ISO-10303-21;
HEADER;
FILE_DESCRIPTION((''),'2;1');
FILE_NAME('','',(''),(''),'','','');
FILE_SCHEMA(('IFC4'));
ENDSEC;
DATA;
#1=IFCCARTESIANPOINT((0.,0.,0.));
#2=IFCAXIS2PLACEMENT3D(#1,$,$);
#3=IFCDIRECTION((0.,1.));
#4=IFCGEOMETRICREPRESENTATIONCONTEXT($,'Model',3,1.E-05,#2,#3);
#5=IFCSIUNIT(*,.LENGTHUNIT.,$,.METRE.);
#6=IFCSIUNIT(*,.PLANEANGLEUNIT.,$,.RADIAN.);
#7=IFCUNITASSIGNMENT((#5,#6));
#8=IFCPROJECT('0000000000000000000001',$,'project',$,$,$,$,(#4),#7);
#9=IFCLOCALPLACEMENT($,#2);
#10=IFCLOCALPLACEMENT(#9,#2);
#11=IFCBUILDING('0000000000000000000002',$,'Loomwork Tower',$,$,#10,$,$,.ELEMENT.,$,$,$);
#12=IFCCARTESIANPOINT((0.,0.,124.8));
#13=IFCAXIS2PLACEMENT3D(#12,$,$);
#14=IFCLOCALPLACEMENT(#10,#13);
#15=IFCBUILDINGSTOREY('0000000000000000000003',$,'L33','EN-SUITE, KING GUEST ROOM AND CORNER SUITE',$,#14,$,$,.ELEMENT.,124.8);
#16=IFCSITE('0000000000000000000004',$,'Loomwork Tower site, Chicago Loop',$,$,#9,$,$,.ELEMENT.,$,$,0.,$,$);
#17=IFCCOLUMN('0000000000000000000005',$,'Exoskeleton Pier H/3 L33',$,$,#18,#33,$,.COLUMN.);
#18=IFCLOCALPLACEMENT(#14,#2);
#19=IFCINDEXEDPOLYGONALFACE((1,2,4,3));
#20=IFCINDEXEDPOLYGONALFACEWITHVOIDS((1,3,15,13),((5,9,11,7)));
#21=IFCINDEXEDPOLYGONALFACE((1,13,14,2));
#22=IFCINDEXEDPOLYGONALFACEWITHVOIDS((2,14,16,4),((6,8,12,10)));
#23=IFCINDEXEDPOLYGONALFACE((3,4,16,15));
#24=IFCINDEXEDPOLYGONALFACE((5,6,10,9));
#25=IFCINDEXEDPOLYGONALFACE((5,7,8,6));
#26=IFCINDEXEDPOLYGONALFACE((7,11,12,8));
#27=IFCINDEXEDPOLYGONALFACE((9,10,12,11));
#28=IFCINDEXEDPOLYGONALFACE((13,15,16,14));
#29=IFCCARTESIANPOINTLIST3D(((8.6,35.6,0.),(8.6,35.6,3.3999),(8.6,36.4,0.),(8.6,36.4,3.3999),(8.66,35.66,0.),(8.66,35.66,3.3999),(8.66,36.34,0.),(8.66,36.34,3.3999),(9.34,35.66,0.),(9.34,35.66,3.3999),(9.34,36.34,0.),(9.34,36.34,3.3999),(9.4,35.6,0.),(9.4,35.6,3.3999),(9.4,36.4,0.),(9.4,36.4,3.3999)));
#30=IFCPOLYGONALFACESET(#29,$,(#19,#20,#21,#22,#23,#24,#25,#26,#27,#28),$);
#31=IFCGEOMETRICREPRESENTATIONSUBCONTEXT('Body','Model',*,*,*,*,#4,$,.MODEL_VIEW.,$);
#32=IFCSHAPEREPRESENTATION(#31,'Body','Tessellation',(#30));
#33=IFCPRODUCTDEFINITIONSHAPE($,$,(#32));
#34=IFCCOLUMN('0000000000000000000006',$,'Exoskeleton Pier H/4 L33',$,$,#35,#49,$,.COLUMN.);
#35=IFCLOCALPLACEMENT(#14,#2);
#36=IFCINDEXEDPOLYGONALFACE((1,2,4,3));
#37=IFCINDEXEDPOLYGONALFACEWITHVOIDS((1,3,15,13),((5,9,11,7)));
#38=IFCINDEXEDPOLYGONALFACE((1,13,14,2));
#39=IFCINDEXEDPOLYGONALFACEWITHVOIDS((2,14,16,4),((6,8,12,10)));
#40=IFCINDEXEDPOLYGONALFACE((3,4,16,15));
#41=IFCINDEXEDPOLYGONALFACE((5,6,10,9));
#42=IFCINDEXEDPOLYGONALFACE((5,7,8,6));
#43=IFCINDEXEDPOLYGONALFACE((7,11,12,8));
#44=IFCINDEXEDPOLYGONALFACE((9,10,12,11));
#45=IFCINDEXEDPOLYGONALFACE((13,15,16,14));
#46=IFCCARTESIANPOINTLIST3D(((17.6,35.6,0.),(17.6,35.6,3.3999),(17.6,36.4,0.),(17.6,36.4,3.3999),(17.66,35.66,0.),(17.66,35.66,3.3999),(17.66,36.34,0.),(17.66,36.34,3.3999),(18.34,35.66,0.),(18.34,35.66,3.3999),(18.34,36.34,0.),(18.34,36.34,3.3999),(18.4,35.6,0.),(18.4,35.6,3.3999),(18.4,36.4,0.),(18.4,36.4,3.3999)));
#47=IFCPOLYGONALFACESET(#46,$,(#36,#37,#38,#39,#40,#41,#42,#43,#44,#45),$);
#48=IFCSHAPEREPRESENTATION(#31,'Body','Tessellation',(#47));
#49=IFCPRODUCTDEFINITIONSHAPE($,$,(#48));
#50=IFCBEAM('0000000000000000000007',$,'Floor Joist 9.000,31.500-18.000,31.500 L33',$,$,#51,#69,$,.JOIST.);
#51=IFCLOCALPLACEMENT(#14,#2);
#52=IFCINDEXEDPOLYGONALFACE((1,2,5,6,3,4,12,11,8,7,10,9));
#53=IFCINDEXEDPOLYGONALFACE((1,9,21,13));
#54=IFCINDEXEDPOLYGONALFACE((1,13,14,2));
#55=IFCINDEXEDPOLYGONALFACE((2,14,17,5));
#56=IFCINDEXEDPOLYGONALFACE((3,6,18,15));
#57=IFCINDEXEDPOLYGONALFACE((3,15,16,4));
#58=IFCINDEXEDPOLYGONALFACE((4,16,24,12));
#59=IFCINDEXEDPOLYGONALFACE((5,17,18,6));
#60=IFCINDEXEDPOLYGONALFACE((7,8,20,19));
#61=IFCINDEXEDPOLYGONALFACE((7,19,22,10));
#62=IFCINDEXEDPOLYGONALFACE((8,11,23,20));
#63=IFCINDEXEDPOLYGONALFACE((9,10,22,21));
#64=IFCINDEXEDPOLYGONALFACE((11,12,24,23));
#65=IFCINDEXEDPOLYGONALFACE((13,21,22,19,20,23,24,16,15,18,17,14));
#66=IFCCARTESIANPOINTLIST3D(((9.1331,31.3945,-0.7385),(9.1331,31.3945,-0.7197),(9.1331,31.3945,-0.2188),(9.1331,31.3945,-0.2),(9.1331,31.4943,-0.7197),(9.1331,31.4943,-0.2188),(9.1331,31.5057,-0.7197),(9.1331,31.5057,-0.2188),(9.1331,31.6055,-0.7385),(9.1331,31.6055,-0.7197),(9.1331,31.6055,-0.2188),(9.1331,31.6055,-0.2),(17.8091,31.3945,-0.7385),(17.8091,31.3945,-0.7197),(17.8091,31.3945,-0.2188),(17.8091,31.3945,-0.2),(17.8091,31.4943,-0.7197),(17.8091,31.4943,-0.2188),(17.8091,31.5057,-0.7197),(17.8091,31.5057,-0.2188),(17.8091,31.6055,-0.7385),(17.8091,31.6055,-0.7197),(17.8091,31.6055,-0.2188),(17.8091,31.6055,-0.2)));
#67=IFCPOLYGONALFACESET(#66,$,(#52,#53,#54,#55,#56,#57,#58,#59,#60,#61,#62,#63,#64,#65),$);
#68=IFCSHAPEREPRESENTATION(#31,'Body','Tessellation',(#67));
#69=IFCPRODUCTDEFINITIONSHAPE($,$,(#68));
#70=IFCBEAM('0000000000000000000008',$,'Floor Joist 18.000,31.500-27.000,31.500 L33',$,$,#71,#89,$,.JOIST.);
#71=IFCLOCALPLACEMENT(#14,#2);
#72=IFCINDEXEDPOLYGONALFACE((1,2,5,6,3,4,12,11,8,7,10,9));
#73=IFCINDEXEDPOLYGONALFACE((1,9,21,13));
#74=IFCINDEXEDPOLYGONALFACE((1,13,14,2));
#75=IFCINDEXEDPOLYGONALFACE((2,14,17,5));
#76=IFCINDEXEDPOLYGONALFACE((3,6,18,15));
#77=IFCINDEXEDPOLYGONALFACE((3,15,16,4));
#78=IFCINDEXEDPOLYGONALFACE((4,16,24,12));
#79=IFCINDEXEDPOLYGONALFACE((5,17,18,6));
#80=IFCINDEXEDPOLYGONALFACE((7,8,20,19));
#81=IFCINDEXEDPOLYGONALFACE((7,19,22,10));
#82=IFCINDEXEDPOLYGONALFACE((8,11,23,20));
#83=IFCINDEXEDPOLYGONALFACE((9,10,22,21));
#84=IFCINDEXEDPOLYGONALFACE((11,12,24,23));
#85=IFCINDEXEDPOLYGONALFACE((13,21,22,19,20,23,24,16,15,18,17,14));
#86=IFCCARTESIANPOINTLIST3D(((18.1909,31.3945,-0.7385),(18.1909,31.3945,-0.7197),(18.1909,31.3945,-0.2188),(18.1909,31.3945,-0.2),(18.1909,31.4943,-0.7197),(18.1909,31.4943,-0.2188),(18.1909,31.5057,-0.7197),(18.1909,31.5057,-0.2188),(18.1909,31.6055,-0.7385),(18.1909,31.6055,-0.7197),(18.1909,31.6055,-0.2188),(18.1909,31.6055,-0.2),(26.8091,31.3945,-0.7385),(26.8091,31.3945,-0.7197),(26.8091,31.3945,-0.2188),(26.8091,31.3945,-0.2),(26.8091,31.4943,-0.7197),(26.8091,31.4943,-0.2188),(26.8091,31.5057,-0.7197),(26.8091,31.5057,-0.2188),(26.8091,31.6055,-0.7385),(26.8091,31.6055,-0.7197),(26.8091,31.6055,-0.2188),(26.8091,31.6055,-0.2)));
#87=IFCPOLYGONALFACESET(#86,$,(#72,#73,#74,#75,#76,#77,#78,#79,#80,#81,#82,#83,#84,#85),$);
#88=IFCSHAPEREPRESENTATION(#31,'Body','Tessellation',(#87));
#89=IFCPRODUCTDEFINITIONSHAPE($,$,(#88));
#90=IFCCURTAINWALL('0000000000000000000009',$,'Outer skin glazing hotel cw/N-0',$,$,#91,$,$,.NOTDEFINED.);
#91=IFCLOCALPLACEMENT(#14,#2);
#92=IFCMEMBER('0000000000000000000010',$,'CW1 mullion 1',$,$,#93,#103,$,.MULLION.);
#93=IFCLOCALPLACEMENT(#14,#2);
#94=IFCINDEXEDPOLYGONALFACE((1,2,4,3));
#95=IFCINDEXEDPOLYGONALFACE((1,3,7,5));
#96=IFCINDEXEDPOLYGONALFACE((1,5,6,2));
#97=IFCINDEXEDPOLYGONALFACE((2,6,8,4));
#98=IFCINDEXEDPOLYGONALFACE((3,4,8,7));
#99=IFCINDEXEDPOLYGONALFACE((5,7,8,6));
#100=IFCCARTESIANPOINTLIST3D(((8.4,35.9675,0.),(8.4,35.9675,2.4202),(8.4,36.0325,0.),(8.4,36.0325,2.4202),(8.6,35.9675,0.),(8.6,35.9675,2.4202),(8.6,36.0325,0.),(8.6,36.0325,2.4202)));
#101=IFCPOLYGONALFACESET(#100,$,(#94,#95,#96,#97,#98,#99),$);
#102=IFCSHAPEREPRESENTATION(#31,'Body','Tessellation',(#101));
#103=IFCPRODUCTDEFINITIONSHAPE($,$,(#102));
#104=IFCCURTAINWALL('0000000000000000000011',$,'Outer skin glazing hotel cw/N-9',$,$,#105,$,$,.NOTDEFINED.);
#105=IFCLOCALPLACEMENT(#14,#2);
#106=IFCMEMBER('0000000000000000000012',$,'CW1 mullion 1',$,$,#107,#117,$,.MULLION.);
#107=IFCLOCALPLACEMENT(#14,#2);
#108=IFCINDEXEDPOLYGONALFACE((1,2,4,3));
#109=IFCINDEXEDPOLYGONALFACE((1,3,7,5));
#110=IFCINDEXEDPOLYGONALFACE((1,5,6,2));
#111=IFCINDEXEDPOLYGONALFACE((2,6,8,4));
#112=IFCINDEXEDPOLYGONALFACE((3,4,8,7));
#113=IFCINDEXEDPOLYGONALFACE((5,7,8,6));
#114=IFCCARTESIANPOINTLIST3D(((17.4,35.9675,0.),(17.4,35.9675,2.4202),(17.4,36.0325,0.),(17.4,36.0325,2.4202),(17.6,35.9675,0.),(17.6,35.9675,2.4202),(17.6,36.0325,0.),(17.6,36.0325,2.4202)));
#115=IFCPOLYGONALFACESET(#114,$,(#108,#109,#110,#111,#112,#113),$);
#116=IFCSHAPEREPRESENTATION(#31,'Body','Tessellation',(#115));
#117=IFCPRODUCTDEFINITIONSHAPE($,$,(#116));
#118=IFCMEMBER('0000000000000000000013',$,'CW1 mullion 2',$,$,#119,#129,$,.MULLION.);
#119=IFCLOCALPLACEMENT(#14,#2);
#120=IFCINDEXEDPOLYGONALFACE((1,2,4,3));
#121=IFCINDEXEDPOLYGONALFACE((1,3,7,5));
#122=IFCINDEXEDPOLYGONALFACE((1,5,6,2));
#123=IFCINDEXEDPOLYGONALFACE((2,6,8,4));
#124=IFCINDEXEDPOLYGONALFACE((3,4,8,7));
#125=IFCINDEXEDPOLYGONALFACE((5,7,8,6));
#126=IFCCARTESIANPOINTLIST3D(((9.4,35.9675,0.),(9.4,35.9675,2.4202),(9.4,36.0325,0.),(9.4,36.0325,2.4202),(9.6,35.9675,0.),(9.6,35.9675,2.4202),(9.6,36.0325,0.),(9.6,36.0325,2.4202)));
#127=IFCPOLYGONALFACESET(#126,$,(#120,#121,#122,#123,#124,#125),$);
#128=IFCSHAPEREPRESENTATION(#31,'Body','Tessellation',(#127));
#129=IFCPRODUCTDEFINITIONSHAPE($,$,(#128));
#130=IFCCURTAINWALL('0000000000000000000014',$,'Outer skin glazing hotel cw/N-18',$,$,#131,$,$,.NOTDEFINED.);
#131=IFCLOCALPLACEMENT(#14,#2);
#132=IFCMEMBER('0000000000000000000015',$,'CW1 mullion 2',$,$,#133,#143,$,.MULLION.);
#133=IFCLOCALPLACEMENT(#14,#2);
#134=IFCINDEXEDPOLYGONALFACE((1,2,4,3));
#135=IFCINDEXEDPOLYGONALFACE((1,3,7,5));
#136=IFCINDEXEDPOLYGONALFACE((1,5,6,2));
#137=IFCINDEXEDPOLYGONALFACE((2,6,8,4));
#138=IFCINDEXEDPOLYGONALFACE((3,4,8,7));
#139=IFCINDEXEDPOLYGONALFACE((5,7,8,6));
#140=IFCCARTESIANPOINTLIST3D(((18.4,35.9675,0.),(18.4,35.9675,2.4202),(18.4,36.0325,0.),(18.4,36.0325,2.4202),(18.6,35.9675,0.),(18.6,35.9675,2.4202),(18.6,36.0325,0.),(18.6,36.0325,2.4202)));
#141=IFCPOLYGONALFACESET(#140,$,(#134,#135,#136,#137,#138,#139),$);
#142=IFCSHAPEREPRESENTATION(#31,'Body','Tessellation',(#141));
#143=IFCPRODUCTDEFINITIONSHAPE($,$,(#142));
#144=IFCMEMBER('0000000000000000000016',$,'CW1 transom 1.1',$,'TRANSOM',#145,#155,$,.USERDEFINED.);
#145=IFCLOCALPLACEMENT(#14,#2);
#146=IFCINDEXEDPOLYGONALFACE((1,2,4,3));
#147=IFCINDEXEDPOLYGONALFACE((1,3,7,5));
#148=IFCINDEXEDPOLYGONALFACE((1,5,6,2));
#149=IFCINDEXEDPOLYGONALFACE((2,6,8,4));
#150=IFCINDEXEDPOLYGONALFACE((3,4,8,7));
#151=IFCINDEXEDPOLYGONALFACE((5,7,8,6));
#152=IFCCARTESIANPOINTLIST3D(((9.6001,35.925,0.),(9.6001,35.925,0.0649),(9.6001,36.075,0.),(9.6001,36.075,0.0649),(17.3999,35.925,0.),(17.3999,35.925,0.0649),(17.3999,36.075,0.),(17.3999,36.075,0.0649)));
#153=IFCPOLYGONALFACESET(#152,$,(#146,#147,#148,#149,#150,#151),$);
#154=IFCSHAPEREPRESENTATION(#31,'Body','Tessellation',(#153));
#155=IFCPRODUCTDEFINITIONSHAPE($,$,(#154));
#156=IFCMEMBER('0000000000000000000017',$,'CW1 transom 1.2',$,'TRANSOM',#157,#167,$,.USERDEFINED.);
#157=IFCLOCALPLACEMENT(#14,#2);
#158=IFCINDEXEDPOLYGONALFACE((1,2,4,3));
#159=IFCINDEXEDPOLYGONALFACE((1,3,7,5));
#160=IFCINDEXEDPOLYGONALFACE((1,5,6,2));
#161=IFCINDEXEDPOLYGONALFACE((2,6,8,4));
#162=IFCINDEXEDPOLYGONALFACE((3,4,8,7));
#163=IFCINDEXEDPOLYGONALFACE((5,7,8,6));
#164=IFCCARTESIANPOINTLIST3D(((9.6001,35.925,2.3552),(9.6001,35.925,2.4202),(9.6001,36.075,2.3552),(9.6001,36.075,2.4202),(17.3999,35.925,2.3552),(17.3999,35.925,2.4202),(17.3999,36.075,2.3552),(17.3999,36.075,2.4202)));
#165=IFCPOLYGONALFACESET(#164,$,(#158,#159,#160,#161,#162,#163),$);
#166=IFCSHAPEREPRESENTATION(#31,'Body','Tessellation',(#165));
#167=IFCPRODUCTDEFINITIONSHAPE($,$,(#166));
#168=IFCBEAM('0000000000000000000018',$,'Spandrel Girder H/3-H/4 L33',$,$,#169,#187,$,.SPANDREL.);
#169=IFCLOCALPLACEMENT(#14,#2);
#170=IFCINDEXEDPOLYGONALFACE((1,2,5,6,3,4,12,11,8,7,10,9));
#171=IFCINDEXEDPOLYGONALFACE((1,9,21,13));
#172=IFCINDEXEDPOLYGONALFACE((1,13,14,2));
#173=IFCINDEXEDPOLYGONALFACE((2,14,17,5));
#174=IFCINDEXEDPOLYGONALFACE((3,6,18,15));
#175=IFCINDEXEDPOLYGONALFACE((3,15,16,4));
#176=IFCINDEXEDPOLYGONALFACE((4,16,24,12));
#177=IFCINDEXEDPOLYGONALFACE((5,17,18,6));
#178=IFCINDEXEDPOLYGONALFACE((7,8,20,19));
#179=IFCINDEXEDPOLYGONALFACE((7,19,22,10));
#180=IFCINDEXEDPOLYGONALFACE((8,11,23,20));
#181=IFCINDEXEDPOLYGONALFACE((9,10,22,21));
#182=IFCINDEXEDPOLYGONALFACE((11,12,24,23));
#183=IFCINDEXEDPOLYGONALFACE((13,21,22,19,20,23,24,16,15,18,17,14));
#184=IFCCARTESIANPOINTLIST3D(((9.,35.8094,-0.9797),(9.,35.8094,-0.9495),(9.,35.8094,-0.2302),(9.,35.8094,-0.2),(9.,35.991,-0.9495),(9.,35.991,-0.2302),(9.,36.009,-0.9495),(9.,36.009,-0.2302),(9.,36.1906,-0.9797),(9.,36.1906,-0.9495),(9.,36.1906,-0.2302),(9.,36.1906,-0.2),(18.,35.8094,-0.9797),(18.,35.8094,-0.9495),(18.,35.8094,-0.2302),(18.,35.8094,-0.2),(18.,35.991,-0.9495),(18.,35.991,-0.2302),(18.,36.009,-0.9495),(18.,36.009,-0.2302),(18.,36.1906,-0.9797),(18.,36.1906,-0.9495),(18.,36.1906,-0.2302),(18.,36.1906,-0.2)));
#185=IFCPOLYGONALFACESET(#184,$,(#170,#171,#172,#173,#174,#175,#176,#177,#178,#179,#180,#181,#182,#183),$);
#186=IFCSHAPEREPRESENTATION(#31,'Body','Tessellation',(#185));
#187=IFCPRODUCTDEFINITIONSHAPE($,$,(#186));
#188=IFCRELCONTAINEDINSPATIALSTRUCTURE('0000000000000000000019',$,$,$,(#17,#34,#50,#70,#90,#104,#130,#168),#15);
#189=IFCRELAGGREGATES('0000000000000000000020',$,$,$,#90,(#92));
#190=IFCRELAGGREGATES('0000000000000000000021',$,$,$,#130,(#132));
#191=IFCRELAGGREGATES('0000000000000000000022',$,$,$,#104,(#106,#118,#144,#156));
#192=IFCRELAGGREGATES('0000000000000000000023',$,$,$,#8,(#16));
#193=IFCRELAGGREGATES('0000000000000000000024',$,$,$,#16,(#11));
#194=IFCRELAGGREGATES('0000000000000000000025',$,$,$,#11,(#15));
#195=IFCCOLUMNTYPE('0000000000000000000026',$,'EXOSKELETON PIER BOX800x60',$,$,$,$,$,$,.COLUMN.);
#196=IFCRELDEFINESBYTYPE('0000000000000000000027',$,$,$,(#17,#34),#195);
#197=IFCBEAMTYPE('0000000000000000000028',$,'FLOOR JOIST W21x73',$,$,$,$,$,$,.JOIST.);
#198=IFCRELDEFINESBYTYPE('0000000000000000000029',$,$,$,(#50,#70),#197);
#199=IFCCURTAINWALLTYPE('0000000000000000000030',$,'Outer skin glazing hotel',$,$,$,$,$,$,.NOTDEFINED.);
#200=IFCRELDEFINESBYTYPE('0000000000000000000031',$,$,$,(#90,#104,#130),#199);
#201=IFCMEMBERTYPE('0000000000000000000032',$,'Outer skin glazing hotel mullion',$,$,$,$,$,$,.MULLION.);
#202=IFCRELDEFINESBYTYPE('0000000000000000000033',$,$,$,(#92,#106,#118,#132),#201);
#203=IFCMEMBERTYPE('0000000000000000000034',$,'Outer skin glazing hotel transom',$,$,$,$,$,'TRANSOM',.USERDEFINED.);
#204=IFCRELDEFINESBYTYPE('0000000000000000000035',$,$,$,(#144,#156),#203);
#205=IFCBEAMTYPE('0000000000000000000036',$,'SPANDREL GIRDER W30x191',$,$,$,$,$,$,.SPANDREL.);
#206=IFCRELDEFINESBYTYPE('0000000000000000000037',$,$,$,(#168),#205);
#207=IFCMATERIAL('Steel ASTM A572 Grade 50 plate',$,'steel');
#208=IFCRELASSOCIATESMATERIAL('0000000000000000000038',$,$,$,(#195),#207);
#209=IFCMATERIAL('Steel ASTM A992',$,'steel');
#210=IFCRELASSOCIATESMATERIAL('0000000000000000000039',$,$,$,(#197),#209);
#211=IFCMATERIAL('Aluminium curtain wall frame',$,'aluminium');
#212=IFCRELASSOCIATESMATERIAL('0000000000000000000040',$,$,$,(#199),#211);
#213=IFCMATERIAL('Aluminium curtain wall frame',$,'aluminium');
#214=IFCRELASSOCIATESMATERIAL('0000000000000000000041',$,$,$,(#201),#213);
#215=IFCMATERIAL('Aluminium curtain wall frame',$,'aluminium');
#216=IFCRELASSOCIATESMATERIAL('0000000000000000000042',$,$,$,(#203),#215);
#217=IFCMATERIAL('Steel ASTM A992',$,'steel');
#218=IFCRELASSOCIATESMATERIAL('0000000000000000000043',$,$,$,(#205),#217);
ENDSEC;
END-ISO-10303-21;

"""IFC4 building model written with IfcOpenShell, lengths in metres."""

from ifc_helpers import new_model, si_unit, direction, frame, origin, origin_2d, place, context, subcontext, project, spatial, rectangle, hollow_rectangle, i_section, extrude, material, material_profile, profile_set, type_object, element, aggregate, save


model = new_model("IFC4")

# Units and contexts
model_context = context("Model", 3, precision=1e-05, world=origin(), true_north=direction((0.0, 1.0)))
body_context = subcontext(model_context, "Body", "Model", "MODEL_VIEW")
ifc_project = project(units=[si_unit("LENGTHUNIT", "METRE"), si_unit("PLANEANGLEUNIT", "RADIAN")], contexts=[model_context])

# Site, building, storey
site_placement = place(None, origin())
site = spatial("IfcSite", under=ifc_project, at=site_placement, Name="Loomwork Tower site, Chicago Loop", CompositionType="ELEMENT", RefElevation=0.0)
building_placement = place(site_placement, origin())
building = spatial("IfcBuilding", under=site, at=building_placement, Name="Loomwork Tower", CompositionType="ELEMENT")
storey_placement = place(building_placement, frame((0.0, 0.0, 124.8)))
storey = spatial("IfcBuildingStorey", under=building, at=storey_placement, Name="L33", Description="EN-SUITE, KING GUEST ROOM AND CORNER SUITE", CompositionType="ELEMENT", Elevation=124.8)

# Columns
ifc_material_1 = material(Name="Steel ASTM A572 Grade 50 plate", Category="steel")
ifc_material_profile_1 = material_profile(ifc_material_1, hollow_rectangle(XDim=0.8, YDim=0.8, WallThickness=0.0601, at=origin_2d()), Name="BOX800x60")
ifc_profile_set_1 = profile_set([ifc_material_profile_1], Name="Steel ASTM A572 Grade 50 plate")
column_type = type_object("IfcColumnType", Name="EXOSKELETON PIER BOX800x60", PredefinedType="COLUMN", material=ifc_profile_set_1)
for number, where, z_axis, x_axis, name in (
    (1, (9.0, 36.0, 0.0), (0.0, 0.0, 1.0), (1.0, 0.0, 0.0), "Exoskeleton Pier H/3 L33"),
    (2, (18.0, 36.0, 0.0), (0.0, 0.0, 1.0), (1.0, 0.0, 0.0), "Exoskeleton Pier H/4 L33"),
):
    element("IfcColumn", number, at=place(storey_placement, frame(where, z_axis=z_axis, x_axis=x_axis)), inside=storey, type_object=column_type, Name=name, PredefinedType="COLUMN", context=body_context, shape_type="SweptSolid", body=[
        extrude(hollow_rectangle(XDim=0.8, YDim=0.8, WallThickness=0.0601, at=origin_2d()), origin(), (0.0, 0.0, 1.0), 3.3999),
    ])

# Beams
ifc_material_2 = material(Name="Steel ASTM A992", Category="steel")
ifc_material_profile_2 = material_profile(ifc_material_2, i_section(OverallWidth=0.2109, OverallDepth=0.5386, WebThickness=0.0115, FlangeThickness=0.0188, at=origin_2d()), Name="W21x73")
ifc_profile_set_2 = profile_set([ifc_material_profile_2], Name="Steel ASTM A992")
beam_type_1 = type_object("IfcBeamType", Name="FLOOR JOIST W21x73", PredefinedType="JOIST", material=ifc_profile_set_2)
beam_1_placement = place(storey_placement, frame((9.1331, 31.5, -0.4692), z_axis=(1.0, 0.0, 0.0), x_axis=(0.0, 1.0, 0.0)))
element("IfcBeam", 3, at=beam_1_placement, inside=storey, type_object=beam_type_1, Name="Floor Joist 9.000,31.500-18.000,31.500 L33", PredefinedType="JOIST", context=body_context, shape_type="SweptSolid", body=[
    extrude(i_section(OverallWidth=0.2109, OverallDepth=0.5386, WebThickness=0.0115, FlangeThickness=0.0188, at=origin_2d()), origin(), (0.0, 0.0, 1.0), 8.676),
])
beam_2_placement = place(storey_placement, frame((18.1909, 31.5, -0.4692), z_axis=(1.0, 0.0, 0.0), x_axis=(0.0, 1.0, 0.0)))
element("IfcBeam", 4, at=beam_2_placement, inside=storey, type_object=beam_type_1, Name="Floor Joist 18.000,31.500-27.000,31.500 L33", PredefinedType="JOIST", context=body_context, shape_type="SweptSolid", body=[
    extrude(i_section(OverallWidth=0.2109, OverallDepth=0.5386, WebThickness=0.0115, FlangeThickness=0.0188, at=origin_2d()), origin(), (0.0, 0.0, 1.0), 8.6182),
])

# Curtain wall, member
ifc_material_3 = material(Name="Aluminium curtain wall frame", Category="aluminium")
curtain_wall_type = type_object("IfcCurtainWallType", Name="Outer skin glazing hotel", PredefinedType="NOTDEFINED", material=ifc_material_3)
curtain_wall_1_placement = place(storey_placement, origin())
curtain_wall_1 = element("IfcCurtainWall", 5, at=curtain_wall_1_placement, inside=storey, type_object=curtain_wall_type, Name="Outer skin glazing hotel cw/N-0", PredefinedType="NOTDEFINED")
ifc_material_4 = material(Name="Aluminium curtain wall frame", Category="aluminium")
ifc_material_profile_3 = material_profile(ifc_material_4, rectangle(XDim=0.0649, YDim=0.2, at=origin_2d()), Name="AL 65x200")
ifc_profile_set_3 = profile_set([ifc_material_profile_3], Name="Aluminium curtain wall frame")
member_type_1 = type_object("IfcMemberType", Name="Outer skin glazing hotel mullion", PredefinedType="MULLION", material=ifc_profile_set_3)
member_1_placement = place(storey_placement, frame((8.5, 36.0, 0.0), z_axis=(0.0, 0.0, 1.0), x_axis=(0.0, -1.0, 0.0)))
member_1 = element("IfcMember", 6, at=member_1_placement, type_object=member_type_1, Name="CW1 mullion 1", PredefinedType="MULLION", context=body_context, shape_type="SweptSolid", body=[
    extrude(rectangle(XDim=0.0649, YDim=0.2, at=origin_2d()), origin(), (0.0, 0.0, 1.0), 2.4202),
])
aggregate(curtain_wall_1, [member_1])

# Curtain wall, members
curtain_wall_2_placement = place(storey_placement, origin())
curtain_wall_2 = element("IfcCurtainWall", 7, at=curtain_wall_2_placement, inside=storey, type_object=curtain_wall_type, Name="Outer skin glazing hotel cw/N-9", PredefinedType="NOTDEFINED")
member_2_placement = place(storey_placement, frame((17.5, 36.0, 0.0), z_axis=(0.0, 0.0, 1.0), x_axis=(0.0, -1.0, 0.0)))
member_2 = element("IfcMember", 8, at=member_2_placement, type_object=member_type_1, Name="CW1 mullion 1", PredefinedType="MULLION", context=body_context, shape_type="SweptSolid", body=[
    extrude(rectangle(XDim=0.0649, YDim=0.2, at=origin_2d()), origin(), (0.0, 0.0, 1.0), 2.4202),
])
member_3_placement = place(storey_placement, frame((9.5, 36.0, 0.0), z_axis=(0.0, 0.0, 1.0), x_axis=(0.0, -1.0, 0.0)))
member_3 = element("IfcMember", 9, at=member_3_placement, type_object=member_type_1, Name="CW1 mullion 2", PredefinedType="MULLION", context=body_context, shape_type="SweptSolid", body=[
    extrude(rectangle(XDim=0.0649, YDim=0.2, at=origin_2d()), origin(), (0.0, 0.0, 1.0), 2.4202),
])

# Curtain wall, member
curtain_wall_3_placement = place(storey_placement, origin())
curtain_wall_3 = element("IfcCurtainWall", 10, at=curtain_wall_3_placement, inside=storey, type_object=curtain_wall_type, Name="Outer skin glazing hotel cw/N-18", PredefinedType="NOTDEFINED")
member_4_placement = place(storey_placement, frame((18.5, 36.0, 0.0), z_axis=(0.0, 0.0, 1.0), x_axis=(0.0, -1.0, 0.0)))
member_4 = element("IfcMember", 11, at=member_4_placement, type_object=member_type_1, Name="CW1 mullion 2", PredefinedType="MULLION", context=body_context, shape_type="SweptSolid", body=[
    extrude(rectangle(XDim=0.0649, YDim=0.2, at=origin_2d()), origin(), (0.0, 0.0, 1.0), 2.4202),
])
aggregate(curtain_wall_3, [member_4])

# Members
ifc_material_5 = material(Name="Aluminium curtain wall frame", Category="aluminium")
ifc_material_profile_4 = material_profile(ifc_material_5, rectangle(XDim=0.1499, YDim=0.0649, at=origin_2d()), Name="AL 65x150")
ifc_profile_set_4 = profile_set([ifc_material_profile_4], Name="Aluminium curtain wall frame")
member_type_2 = type_object("IfcMemberType", Name="Outer skin glazing hotel transom", ElementType="TRANSOM", PredefinedType="USERDEFINED", material=ifc_profile_set_4)
member_5_placement = place(storey_placement, frame((17.3999, 36.0, 0.0325), z_axis=(-1.0, 0.0, 0.0), x_axis=(0.0, -1.0, 0.0)))
member_5 = element("IfcMember", 12, at=member_5_placement, type_object=member_type_2, Name="CW1 transom 1.1", ObjectType="TRANSOM", PredefinedType="USERDEFINED", context=body_context, shape_type="SweptSolid", body=[
    extrude(rectangle(XDim=0.1499, YDim=0.0649, at=origin_2d()), origin(), (0.0, 0.0, 1.0), 7.7998),
])
member_6_placement = place(storey_placement, frame((17.3999, 36.0, 2.3877), z_axis=(-1.0, 0.0, 0.0), x_axis=(0.0, -1.0, 0.0)))
member_6 = element("IfcMember", 13, at=member_6_placement, type_object=member_type_2, Name="CW1 transom 1.2", ObjectType="TRANSOM", PredefinedType="USERDEFINED", context=body_context, shape_type="SweptSolid", body=[
    extrude(rectangle(XDim=0.1499, YDim=0.0649, at=origin_2d()), origin(), (0.0, 0.0, 1.0), 7.7998),
])

# Beam
ifc_material_6 = material(Name="Steel ASTM A992", Category="steel")
ifc_material_profile_5 = material_profile(ifc_material_6, i_section(OverallWidth=0.3811, OverallDepth=0.7798, WebThickness=0.0181, FlangeThickness=0.0303, at=origin_2d()), Name="W30x191")
ifc_profile_set_5 = profile_set([ifc_material_profile_5], Name="Steel ASTM A992")
beam_type_2 = type_object("IfcBeamType", Name="SPANDREL GIRDER W30x191", PredefinedType="SPANDREL", material=ifc_profile_set_5)
for number, where, z_axis, x_axis, name in (
    (14, (9.0, 36.0, -0.5898), (1.0, 0.0, 0.0), (0.0, 1.0, 0.0), "Spandrel Girder H/3-H/4 L33"),
):
    element("IfcBeam", number, at=place(storey_placement, frame(where, z_axis=z_axis, x_axis=x_axis)), inside=storey, type_object=beam_type_2, Name=name, PredefinedType="SPANDREL", context=body_context, shape_type="SweptSolid", body=[
        extrude(i_section(OverallWidth=0.3811, OverallDepth=0.7798, WebThickness=0.0181, FlangeThickness=0.0303, at=origin_2d()), origin(), (0.0, 0.0, 1.0), 9.0),
    ])

aggregate(curtain_wall_2, [member_2, member_3, member_5, member_6])

save(model, "model.ifc")
